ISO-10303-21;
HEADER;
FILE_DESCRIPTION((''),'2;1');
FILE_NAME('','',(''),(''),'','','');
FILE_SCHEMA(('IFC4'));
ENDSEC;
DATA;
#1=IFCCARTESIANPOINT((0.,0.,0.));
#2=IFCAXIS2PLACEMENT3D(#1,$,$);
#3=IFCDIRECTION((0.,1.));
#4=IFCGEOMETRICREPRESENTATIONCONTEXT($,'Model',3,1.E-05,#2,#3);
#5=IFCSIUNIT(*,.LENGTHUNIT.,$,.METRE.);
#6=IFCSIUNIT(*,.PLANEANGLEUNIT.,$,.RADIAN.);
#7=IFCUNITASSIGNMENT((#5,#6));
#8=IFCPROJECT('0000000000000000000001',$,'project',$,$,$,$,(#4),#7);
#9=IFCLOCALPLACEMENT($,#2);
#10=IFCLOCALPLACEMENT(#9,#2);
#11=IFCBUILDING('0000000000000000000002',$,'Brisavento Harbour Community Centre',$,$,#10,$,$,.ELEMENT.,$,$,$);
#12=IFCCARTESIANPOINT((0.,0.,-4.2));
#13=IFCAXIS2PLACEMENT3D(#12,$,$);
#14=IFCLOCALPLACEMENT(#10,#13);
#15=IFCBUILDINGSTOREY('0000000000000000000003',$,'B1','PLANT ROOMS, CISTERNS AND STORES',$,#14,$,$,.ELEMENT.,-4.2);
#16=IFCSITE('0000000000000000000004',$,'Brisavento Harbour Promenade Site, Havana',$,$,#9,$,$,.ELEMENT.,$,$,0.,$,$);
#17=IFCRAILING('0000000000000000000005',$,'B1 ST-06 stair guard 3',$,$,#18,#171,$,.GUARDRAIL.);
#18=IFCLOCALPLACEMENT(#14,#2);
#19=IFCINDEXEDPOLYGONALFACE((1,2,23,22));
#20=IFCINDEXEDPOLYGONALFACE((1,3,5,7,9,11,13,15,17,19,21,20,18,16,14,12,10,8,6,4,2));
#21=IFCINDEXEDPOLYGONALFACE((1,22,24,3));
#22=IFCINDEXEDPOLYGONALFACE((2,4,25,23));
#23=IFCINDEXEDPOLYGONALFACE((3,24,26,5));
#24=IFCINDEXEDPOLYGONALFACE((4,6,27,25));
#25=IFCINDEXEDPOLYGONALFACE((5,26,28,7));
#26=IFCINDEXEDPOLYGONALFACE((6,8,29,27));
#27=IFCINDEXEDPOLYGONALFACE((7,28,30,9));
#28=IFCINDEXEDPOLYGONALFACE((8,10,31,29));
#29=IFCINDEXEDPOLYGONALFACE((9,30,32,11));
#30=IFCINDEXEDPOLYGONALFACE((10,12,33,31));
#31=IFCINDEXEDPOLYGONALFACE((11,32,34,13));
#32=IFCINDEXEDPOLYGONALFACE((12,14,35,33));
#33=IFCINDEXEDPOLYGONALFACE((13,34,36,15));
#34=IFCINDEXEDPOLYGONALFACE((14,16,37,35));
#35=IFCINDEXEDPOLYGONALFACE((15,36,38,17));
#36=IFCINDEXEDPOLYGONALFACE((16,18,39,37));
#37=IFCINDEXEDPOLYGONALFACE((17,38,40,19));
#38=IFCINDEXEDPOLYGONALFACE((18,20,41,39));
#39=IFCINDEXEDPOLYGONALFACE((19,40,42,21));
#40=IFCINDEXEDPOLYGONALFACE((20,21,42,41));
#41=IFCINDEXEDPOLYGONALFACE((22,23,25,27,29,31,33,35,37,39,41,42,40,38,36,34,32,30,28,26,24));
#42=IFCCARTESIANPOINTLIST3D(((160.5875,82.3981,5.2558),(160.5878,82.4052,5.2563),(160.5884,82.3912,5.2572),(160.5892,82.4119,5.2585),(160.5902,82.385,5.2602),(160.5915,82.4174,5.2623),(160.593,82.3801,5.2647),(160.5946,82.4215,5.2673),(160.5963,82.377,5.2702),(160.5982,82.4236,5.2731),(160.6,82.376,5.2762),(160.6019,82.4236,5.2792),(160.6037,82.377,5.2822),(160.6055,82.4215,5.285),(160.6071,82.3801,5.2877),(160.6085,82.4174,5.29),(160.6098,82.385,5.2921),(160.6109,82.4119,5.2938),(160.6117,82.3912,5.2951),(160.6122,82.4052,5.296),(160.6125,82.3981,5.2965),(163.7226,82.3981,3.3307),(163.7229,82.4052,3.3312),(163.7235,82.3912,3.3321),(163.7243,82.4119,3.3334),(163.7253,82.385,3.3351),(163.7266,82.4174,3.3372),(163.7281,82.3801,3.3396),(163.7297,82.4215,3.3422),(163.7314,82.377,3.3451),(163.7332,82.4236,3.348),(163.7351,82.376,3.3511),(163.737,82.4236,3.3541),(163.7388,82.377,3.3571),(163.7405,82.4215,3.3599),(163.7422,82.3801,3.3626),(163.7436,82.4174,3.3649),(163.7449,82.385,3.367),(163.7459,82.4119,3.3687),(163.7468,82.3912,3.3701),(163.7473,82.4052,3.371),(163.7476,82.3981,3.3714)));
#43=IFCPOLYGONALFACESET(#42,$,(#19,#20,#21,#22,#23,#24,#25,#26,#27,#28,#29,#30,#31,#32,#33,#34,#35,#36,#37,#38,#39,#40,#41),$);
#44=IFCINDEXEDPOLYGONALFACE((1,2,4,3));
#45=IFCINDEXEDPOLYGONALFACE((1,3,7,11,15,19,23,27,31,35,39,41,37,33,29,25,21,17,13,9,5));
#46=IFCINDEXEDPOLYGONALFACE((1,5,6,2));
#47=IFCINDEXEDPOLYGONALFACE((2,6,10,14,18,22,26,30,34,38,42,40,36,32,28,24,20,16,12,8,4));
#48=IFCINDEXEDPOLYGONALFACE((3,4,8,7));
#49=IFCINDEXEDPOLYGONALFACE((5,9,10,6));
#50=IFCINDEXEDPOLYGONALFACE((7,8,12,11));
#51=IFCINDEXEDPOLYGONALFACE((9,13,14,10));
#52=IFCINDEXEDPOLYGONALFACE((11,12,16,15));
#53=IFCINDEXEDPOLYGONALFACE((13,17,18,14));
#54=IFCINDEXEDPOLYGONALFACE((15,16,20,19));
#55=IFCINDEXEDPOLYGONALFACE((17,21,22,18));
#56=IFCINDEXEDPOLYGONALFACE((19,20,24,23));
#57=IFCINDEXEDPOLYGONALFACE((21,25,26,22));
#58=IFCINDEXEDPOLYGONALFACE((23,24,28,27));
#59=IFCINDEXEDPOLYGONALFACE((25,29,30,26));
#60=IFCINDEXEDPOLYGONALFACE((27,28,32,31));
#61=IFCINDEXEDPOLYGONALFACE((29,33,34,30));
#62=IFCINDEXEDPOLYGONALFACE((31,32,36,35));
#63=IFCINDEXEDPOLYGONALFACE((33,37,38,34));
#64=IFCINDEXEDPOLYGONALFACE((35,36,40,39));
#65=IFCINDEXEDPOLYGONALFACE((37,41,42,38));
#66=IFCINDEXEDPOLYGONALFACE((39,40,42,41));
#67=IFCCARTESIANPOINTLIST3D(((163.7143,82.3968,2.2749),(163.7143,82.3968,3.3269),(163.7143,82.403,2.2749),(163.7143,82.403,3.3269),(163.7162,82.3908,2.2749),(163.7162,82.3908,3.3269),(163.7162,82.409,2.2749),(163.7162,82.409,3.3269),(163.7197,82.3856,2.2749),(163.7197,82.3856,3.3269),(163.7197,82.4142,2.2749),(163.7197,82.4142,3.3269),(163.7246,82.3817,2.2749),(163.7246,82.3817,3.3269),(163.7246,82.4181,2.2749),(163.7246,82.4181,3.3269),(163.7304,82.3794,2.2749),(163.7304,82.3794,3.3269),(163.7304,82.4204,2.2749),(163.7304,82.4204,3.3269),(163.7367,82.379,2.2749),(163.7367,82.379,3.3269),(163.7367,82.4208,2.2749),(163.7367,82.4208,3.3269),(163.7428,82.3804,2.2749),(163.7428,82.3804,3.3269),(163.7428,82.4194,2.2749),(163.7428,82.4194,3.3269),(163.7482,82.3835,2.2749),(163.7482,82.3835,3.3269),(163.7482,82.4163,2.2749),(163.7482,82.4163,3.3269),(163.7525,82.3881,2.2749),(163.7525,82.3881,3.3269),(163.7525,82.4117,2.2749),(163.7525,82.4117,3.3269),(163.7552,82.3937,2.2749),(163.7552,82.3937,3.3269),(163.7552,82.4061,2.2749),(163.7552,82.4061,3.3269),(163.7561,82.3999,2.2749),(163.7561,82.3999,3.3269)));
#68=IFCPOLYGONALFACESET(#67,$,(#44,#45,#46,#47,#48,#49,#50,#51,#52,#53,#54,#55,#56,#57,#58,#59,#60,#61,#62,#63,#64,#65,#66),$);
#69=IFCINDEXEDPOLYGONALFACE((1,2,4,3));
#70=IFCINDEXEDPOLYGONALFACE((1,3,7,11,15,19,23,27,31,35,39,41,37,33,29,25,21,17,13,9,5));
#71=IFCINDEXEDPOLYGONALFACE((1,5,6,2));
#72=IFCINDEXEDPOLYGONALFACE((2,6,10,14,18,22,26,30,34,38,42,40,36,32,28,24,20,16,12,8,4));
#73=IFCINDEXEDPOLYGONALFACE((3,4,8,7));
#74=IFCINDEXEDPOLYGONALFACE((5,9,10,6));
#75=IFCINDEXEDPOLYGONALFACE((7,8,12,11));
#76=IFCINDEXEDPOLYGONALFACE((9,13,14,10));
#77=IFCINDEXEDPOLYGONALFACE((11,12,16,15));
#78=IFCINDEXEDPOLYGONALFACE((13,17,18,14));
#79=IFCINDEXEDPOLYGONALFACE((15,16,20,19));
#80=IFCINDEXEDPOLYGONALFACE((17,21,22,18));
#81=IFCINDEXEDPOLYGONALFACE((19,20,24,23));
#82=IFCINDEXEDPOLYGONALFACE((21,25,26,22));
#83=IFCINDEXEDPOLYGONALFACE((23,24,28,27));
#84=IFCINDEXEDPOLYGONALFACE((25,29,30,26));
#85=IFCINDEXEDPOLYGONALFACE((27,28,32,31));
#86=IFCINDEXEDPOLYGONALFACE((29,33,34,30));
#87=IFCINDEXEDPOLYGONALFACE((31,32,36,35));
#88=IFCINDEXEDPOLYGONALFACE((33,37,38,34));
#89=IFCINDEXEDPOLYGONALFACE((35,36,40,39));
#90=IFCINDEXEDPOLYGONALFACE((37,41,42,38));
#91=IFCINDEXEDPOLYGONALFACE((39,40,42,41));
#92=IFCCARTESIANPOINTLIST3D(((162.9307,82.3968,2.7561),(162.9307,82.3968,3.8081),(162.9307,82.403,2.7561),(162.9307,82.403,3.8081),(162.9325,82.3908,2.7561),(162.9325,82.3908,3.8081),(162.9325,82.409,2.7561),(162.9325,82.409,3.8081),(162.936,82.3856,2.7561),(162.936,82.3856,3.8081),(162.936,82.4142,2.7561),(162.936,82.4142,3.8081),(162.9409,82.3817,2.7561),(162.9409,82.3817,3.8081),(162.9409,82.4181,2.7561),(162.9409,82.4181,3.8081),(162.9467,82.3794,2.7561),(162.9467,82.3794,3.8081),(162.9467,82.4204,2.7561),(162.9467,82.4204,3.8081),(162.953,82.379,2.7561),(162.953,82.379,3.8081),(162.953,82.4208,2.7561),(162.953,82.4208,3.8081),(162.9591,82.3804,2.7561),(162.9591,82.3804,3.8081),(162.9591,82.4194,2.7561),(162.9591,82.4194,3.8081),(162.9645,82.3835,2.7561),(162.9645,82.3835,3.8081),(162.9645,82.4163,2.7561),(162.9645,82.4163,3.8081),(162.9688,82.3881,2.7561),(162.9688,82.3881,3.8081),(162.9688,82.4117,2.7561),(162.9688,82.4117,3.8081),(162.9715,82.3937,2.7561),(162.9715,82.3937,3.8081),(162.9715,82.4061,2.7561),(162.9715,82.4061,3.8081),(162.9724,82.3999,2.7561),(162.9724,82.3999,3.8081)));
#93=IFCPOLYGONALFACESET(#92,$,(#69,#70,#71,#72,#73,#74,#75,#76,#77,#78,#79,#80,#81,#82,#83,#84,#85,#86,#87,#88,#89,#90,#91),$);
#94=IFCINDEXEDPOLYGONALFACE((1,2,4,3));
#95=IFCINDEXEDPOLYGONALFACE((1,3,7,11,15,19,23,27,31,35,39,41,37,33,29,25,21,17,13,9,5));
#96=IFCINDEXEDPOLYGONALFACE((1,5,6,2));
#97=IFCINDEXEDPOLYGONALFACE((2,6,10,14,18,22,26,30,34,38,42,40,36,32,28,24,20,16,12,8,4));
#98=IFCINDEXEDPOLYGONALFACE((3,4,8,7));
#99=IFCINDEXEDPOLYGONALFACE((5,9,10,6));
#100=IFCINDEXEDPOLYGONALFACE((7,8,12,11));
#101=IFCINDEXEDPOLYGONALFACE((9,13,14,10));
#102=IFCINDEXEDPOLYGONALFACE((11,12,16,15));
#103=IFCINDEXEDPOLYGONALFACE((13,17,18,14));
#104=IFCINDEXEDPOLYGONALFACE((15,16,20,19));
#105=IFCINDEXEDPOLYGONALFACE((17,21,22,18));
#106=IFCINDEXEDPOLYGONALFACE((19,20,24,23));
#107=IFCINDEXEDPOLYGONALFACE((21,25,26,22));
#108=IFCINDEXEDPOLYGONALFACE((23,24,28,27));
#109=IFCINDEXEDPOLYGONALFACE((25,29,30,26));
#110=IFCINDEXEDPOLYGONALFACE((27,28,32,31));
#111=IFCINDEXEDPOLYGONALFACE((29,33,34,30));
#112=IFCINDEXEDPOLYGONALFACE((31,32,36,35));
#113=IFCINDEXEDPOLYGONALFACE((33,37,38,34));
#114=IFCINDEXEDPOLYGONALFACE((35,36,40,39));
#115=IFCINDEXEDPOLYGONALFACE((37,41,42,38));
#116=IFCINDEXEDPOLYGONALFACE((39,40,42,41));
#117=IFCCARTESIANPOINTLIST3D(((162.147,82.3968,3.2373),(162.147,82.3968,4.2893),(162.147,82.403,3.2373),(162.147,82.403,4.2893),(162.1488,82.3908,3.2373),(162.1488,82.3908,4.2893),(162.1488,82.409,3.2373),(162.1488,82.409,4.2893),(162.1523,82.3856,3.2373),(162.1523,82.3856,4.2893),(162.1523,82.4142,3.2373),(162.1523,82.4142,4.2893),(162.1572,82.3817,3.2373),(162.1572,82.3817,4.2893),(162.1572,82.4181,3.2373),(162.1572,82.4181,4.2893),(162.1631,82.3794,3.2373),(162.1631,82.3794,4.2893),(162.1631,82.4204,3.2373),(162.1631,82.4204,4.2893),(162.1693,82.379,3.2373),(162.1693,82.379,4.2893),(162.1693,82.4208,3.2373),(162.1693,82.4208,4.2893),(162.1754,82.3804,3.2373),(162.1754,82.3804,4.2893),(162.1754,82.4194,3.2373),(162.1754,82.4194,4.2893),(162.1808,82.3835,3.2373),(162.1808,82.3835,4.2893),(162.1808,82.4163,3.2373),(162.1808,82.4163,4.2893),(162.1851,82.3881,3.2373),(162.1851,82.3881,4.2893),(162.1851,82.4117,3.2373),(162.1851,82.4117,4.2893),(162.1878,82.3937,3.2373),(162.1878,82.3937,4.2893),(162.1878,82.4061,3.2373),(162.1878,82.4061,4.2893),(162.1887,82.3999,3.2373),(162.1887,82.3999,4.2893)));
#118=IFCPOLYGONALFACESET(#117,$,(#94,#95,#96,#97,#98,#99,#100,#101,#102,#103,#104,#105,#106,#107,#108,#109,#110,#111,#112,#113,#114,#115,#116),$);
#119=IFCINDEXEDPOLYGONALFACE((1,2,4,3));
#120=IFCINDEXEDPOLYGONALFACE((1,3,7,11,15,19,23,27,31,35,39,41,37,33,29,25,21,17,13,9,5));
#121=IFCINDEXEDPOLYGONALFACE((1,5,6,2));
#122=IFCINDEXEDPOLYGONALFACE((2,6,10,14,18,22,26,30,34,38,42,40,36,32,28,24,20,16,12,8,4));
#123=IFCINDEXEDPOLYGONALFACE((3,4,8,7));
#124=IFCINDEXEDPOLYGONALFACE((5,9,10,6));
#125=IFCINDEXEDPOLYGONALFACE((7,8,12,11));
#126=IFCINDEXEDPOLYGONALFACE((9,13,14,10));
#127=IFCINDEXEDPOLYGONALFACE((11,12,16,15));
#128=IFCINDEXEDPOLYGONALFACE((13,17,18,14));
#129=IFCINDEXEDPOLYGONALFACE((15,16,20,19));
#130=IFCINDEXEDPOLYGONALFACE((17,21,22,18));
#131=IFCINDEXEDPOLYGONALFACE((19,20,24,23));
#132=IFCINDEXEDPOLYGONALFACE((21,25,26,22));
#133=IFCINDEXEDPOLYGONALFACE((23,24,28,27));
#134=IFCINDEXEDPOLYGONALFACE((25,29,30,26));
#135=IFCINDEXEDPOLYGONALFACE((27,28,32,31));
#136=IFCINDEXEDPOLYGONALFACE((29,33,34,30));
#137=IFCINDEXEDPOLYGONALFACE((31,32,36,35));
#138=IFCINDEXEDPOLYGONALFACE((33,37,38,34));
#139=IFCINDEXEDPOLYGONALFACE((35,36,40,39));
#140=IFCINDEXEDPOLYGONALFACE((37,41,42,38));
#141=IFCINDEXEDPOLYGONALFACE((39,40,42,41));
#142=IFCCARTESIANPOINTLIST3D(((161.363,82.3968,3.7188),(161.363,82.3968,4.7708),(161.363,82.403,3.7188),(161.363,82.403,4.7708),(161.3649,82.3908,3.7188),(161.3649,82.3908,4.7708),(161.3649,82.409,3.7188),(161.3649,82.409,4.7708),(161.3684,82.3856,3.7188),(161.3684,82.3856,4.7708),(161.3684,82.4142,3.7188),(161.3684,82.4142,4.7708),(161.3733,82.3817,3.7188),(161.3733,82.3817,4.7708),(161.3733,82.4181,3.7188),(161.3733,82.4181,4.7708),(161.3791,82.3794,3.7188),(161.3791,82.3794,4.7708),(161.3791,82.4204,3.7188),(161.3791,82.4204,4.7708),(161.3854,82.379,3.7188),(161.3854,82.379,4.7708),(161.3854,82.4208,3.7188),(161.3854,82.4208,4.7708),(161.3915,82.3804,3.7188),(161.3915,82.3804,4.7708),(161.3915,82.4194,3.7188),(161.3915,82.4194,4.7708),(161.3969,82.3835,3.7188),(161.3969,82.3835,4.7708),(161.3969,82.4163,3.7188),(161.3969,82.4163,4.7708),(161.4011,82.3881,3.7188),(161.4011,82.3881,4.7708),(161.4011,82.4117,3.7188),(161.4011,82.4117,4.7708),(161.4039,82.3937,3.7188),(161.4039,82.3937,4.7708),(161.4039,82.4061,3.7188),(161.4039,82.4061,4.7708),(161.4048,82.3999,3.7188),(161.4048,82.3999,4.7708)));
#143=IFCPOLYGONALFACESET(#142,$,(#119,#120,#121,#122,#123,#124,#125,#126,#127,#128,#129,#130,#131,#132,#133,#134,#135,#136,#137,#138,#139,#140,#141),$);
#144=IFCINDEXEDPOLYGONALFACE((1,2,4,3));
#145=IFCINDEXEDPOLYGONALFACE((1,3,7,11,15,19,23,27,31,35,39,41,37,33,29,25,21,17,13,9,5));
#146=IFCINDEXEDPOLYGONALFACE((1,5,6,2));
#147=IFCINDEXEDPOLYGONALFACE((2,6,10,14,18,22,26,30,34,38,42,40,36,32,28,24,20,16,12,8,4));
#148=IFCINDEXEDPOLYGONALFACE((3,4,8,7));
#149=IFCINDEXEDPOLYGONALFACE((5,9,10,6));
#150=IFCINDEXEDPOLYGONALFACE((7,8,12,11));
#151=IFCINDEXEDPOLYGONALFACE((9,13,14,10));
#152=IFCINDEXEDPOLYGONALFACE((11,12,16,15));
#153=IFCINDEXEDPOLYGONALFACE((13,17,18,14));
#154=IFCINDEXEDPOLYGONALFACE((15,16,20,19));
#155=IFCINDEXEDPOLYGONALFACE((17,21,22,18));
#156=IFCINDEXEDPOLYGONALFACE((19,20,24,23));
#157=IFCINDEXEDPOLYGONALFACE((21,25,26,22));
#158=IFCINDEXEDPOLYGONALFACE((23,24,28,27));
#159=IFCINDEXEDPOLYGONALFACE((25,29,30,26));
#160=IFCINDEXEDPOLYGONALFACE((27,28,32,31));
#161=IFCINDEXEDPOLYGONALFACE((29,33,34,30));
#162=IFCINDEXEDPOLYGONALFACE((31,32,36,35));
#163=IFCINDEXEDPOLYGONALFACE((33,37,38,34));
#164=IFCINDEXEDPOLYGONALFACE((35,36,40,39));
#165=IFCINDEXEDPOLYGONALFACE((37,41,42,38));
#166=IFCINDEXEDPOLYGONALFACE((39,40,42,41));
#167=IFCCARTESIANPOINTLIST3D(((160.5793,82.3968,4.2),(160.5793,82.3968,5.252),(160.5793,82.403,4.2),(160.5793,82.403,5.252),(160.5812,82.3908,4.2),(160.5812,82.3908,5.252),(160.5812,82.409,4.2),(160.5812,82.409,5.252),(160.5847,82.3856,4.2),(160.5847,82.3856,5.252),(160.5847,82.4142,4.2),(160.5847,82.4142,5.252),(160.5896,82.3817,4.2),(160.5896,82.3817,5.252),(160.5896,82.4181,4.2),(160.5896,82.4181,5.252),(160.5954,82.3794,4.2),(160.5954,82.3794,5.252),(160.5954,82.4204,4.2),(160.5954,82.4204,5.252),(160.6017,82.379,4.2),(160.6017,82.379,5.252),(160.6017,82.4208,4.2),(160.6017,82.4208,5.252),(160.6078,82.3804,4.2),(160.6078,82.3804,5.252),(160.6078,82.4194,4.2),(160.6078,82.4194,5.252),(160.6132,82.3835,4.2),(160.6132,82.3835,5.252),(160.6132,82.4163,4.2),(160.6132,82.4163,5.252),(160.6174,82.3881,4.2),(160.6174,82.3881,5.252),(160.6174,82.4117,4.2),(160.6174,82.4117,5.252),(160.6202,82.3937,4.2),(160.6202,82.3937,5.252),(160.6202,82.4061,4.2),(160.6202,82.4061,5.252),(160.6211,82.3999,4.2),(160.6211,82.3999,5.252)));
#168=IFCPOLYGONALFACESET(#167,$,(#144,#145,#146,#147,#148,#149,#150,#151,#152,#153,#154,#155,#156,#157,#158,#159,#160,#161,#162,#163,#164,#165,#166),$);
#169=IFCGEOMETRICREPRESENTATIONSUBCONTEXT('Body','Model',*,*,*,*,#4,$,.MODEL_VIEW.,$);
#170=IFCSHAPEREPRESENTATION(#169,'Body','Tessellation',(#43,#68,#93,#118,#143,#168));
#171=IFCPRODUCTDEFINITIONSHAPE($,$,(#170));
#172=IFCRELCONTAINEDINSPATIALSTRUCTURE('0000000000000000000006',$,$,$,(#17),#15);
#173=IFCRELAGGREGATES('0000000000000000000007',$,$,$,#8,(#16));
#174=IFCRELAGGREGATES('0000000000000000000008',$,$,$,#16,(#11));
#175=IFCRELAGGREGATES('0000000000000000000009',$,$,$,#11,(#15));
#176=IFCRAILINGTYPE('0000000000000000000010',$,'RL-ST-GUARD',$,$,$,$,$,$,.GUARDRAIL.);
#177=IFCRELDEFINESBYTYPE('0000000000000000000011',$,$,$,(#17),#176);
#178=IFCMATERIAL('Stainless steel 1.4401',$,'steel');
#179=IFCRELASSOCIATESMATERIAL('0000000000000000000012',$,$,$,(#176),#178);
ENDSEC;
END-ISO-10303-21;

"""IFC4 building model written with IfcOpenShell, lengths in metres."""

from ifc_helpers import new_model, si_unit, direction, frame, origin, origin_2d, place, context, subcontext, project, spatial, circle, extrude, material, type_object, element, save


model = new_model("IFC4")

# Units and contexts
model_context = context("Model", 3, precision=1e-05, world=origin(), true_north=direction((0.0, 1.0)))
body_context = subcontext(model_context, "Body", "Model", "MODEL_VIEW")
ifc_project = project(units=[si_unit("LENGTHUNIT", "METRE"), si_unit("PLANEANGLEUNIT", "RADIAN")], contexts=[model_context])

# Site, building, storey
site_placement = place(None, origin())
site = spatial("IfcSite", under=ifc_project, at=site_placement, Name="Brisavento Harbour Promenade Site, Havana", CompositionType="ELEMENT", RefElevation=0.0)
building_placement = place(site_placement, origin())
building = spatial("IfcBuilding", under=site, at=building_placement, Name="Brisavento Harbour Community Centre", CompositionType="ELEMENT")
storey_placement = place(building_placement, frame((0.0, 0.0, -4.2)))
storey = spatial("IfcBuildingStorey", under=building, at=storey_placement, Name="B1", Description="PLANT ROOMS, CISTERNS AND STORES", CompositionType="ELEMENT", Elevation=-4.2)

# Railing
ifc_material_1 = material(Name="Stainless steel 1.4401", Category="steel")
railing_type_1 = type_object("IfcRailingType", Name="RL-ST-GUARD", PredefinedType="GUARDRAIL", material=ifc_material_1)
railing_1_placement = place(storey_placement, frame((163.7351, 82.3999, 2.2749)))
element("IfcRailing", 1, at=railing_1_placement, inside=storey, type_object=railing_type_1, Name="B1 ST-06 stair guard 3", PredefinedType="GUARDRAIL", context=body_context, shape_type="SweptSolid", body=[
    extrude(circle(Radius=0.0239, at=origin_2d()), frame((0.0, 0.0, 1.0762), z_axis=(-0.852166, 0.0, 0.523271), x_axis=(0.0, -1.0, 0.0)), (0.0, 0.0, 1.0), 3.679),
    extrude(circle(Radius=0.021, at=origin_2d()), origin(), (0.0, 0.0, 1.0), 1.052),
    extrude(circle(Radius=0.021, at=origin_2d()), frame((-0.7837, 0.0, 0.4812)), (0.0, 0.0, 1.0), 1.052),
    extrude(circle(Radius=0.021, at=origin_2d()), frame((-1.5674, 0.0, 0.9624)), (0.0, 0.0, 1.0), 1.052),
    extrude(circle(Radius=0.021, at=origin_2d()), frame((-2.3513, 0.0, 1.4438)), (0.0, 0.0, 1.0), 1.052),
    extrude(circle(Radius=0.021, at=origin_2d()), frame((-3.135, 0.0, 1.925)), (0.0, 0.0, 1.0), 1.052),
])

save(model, "model.ifc")
